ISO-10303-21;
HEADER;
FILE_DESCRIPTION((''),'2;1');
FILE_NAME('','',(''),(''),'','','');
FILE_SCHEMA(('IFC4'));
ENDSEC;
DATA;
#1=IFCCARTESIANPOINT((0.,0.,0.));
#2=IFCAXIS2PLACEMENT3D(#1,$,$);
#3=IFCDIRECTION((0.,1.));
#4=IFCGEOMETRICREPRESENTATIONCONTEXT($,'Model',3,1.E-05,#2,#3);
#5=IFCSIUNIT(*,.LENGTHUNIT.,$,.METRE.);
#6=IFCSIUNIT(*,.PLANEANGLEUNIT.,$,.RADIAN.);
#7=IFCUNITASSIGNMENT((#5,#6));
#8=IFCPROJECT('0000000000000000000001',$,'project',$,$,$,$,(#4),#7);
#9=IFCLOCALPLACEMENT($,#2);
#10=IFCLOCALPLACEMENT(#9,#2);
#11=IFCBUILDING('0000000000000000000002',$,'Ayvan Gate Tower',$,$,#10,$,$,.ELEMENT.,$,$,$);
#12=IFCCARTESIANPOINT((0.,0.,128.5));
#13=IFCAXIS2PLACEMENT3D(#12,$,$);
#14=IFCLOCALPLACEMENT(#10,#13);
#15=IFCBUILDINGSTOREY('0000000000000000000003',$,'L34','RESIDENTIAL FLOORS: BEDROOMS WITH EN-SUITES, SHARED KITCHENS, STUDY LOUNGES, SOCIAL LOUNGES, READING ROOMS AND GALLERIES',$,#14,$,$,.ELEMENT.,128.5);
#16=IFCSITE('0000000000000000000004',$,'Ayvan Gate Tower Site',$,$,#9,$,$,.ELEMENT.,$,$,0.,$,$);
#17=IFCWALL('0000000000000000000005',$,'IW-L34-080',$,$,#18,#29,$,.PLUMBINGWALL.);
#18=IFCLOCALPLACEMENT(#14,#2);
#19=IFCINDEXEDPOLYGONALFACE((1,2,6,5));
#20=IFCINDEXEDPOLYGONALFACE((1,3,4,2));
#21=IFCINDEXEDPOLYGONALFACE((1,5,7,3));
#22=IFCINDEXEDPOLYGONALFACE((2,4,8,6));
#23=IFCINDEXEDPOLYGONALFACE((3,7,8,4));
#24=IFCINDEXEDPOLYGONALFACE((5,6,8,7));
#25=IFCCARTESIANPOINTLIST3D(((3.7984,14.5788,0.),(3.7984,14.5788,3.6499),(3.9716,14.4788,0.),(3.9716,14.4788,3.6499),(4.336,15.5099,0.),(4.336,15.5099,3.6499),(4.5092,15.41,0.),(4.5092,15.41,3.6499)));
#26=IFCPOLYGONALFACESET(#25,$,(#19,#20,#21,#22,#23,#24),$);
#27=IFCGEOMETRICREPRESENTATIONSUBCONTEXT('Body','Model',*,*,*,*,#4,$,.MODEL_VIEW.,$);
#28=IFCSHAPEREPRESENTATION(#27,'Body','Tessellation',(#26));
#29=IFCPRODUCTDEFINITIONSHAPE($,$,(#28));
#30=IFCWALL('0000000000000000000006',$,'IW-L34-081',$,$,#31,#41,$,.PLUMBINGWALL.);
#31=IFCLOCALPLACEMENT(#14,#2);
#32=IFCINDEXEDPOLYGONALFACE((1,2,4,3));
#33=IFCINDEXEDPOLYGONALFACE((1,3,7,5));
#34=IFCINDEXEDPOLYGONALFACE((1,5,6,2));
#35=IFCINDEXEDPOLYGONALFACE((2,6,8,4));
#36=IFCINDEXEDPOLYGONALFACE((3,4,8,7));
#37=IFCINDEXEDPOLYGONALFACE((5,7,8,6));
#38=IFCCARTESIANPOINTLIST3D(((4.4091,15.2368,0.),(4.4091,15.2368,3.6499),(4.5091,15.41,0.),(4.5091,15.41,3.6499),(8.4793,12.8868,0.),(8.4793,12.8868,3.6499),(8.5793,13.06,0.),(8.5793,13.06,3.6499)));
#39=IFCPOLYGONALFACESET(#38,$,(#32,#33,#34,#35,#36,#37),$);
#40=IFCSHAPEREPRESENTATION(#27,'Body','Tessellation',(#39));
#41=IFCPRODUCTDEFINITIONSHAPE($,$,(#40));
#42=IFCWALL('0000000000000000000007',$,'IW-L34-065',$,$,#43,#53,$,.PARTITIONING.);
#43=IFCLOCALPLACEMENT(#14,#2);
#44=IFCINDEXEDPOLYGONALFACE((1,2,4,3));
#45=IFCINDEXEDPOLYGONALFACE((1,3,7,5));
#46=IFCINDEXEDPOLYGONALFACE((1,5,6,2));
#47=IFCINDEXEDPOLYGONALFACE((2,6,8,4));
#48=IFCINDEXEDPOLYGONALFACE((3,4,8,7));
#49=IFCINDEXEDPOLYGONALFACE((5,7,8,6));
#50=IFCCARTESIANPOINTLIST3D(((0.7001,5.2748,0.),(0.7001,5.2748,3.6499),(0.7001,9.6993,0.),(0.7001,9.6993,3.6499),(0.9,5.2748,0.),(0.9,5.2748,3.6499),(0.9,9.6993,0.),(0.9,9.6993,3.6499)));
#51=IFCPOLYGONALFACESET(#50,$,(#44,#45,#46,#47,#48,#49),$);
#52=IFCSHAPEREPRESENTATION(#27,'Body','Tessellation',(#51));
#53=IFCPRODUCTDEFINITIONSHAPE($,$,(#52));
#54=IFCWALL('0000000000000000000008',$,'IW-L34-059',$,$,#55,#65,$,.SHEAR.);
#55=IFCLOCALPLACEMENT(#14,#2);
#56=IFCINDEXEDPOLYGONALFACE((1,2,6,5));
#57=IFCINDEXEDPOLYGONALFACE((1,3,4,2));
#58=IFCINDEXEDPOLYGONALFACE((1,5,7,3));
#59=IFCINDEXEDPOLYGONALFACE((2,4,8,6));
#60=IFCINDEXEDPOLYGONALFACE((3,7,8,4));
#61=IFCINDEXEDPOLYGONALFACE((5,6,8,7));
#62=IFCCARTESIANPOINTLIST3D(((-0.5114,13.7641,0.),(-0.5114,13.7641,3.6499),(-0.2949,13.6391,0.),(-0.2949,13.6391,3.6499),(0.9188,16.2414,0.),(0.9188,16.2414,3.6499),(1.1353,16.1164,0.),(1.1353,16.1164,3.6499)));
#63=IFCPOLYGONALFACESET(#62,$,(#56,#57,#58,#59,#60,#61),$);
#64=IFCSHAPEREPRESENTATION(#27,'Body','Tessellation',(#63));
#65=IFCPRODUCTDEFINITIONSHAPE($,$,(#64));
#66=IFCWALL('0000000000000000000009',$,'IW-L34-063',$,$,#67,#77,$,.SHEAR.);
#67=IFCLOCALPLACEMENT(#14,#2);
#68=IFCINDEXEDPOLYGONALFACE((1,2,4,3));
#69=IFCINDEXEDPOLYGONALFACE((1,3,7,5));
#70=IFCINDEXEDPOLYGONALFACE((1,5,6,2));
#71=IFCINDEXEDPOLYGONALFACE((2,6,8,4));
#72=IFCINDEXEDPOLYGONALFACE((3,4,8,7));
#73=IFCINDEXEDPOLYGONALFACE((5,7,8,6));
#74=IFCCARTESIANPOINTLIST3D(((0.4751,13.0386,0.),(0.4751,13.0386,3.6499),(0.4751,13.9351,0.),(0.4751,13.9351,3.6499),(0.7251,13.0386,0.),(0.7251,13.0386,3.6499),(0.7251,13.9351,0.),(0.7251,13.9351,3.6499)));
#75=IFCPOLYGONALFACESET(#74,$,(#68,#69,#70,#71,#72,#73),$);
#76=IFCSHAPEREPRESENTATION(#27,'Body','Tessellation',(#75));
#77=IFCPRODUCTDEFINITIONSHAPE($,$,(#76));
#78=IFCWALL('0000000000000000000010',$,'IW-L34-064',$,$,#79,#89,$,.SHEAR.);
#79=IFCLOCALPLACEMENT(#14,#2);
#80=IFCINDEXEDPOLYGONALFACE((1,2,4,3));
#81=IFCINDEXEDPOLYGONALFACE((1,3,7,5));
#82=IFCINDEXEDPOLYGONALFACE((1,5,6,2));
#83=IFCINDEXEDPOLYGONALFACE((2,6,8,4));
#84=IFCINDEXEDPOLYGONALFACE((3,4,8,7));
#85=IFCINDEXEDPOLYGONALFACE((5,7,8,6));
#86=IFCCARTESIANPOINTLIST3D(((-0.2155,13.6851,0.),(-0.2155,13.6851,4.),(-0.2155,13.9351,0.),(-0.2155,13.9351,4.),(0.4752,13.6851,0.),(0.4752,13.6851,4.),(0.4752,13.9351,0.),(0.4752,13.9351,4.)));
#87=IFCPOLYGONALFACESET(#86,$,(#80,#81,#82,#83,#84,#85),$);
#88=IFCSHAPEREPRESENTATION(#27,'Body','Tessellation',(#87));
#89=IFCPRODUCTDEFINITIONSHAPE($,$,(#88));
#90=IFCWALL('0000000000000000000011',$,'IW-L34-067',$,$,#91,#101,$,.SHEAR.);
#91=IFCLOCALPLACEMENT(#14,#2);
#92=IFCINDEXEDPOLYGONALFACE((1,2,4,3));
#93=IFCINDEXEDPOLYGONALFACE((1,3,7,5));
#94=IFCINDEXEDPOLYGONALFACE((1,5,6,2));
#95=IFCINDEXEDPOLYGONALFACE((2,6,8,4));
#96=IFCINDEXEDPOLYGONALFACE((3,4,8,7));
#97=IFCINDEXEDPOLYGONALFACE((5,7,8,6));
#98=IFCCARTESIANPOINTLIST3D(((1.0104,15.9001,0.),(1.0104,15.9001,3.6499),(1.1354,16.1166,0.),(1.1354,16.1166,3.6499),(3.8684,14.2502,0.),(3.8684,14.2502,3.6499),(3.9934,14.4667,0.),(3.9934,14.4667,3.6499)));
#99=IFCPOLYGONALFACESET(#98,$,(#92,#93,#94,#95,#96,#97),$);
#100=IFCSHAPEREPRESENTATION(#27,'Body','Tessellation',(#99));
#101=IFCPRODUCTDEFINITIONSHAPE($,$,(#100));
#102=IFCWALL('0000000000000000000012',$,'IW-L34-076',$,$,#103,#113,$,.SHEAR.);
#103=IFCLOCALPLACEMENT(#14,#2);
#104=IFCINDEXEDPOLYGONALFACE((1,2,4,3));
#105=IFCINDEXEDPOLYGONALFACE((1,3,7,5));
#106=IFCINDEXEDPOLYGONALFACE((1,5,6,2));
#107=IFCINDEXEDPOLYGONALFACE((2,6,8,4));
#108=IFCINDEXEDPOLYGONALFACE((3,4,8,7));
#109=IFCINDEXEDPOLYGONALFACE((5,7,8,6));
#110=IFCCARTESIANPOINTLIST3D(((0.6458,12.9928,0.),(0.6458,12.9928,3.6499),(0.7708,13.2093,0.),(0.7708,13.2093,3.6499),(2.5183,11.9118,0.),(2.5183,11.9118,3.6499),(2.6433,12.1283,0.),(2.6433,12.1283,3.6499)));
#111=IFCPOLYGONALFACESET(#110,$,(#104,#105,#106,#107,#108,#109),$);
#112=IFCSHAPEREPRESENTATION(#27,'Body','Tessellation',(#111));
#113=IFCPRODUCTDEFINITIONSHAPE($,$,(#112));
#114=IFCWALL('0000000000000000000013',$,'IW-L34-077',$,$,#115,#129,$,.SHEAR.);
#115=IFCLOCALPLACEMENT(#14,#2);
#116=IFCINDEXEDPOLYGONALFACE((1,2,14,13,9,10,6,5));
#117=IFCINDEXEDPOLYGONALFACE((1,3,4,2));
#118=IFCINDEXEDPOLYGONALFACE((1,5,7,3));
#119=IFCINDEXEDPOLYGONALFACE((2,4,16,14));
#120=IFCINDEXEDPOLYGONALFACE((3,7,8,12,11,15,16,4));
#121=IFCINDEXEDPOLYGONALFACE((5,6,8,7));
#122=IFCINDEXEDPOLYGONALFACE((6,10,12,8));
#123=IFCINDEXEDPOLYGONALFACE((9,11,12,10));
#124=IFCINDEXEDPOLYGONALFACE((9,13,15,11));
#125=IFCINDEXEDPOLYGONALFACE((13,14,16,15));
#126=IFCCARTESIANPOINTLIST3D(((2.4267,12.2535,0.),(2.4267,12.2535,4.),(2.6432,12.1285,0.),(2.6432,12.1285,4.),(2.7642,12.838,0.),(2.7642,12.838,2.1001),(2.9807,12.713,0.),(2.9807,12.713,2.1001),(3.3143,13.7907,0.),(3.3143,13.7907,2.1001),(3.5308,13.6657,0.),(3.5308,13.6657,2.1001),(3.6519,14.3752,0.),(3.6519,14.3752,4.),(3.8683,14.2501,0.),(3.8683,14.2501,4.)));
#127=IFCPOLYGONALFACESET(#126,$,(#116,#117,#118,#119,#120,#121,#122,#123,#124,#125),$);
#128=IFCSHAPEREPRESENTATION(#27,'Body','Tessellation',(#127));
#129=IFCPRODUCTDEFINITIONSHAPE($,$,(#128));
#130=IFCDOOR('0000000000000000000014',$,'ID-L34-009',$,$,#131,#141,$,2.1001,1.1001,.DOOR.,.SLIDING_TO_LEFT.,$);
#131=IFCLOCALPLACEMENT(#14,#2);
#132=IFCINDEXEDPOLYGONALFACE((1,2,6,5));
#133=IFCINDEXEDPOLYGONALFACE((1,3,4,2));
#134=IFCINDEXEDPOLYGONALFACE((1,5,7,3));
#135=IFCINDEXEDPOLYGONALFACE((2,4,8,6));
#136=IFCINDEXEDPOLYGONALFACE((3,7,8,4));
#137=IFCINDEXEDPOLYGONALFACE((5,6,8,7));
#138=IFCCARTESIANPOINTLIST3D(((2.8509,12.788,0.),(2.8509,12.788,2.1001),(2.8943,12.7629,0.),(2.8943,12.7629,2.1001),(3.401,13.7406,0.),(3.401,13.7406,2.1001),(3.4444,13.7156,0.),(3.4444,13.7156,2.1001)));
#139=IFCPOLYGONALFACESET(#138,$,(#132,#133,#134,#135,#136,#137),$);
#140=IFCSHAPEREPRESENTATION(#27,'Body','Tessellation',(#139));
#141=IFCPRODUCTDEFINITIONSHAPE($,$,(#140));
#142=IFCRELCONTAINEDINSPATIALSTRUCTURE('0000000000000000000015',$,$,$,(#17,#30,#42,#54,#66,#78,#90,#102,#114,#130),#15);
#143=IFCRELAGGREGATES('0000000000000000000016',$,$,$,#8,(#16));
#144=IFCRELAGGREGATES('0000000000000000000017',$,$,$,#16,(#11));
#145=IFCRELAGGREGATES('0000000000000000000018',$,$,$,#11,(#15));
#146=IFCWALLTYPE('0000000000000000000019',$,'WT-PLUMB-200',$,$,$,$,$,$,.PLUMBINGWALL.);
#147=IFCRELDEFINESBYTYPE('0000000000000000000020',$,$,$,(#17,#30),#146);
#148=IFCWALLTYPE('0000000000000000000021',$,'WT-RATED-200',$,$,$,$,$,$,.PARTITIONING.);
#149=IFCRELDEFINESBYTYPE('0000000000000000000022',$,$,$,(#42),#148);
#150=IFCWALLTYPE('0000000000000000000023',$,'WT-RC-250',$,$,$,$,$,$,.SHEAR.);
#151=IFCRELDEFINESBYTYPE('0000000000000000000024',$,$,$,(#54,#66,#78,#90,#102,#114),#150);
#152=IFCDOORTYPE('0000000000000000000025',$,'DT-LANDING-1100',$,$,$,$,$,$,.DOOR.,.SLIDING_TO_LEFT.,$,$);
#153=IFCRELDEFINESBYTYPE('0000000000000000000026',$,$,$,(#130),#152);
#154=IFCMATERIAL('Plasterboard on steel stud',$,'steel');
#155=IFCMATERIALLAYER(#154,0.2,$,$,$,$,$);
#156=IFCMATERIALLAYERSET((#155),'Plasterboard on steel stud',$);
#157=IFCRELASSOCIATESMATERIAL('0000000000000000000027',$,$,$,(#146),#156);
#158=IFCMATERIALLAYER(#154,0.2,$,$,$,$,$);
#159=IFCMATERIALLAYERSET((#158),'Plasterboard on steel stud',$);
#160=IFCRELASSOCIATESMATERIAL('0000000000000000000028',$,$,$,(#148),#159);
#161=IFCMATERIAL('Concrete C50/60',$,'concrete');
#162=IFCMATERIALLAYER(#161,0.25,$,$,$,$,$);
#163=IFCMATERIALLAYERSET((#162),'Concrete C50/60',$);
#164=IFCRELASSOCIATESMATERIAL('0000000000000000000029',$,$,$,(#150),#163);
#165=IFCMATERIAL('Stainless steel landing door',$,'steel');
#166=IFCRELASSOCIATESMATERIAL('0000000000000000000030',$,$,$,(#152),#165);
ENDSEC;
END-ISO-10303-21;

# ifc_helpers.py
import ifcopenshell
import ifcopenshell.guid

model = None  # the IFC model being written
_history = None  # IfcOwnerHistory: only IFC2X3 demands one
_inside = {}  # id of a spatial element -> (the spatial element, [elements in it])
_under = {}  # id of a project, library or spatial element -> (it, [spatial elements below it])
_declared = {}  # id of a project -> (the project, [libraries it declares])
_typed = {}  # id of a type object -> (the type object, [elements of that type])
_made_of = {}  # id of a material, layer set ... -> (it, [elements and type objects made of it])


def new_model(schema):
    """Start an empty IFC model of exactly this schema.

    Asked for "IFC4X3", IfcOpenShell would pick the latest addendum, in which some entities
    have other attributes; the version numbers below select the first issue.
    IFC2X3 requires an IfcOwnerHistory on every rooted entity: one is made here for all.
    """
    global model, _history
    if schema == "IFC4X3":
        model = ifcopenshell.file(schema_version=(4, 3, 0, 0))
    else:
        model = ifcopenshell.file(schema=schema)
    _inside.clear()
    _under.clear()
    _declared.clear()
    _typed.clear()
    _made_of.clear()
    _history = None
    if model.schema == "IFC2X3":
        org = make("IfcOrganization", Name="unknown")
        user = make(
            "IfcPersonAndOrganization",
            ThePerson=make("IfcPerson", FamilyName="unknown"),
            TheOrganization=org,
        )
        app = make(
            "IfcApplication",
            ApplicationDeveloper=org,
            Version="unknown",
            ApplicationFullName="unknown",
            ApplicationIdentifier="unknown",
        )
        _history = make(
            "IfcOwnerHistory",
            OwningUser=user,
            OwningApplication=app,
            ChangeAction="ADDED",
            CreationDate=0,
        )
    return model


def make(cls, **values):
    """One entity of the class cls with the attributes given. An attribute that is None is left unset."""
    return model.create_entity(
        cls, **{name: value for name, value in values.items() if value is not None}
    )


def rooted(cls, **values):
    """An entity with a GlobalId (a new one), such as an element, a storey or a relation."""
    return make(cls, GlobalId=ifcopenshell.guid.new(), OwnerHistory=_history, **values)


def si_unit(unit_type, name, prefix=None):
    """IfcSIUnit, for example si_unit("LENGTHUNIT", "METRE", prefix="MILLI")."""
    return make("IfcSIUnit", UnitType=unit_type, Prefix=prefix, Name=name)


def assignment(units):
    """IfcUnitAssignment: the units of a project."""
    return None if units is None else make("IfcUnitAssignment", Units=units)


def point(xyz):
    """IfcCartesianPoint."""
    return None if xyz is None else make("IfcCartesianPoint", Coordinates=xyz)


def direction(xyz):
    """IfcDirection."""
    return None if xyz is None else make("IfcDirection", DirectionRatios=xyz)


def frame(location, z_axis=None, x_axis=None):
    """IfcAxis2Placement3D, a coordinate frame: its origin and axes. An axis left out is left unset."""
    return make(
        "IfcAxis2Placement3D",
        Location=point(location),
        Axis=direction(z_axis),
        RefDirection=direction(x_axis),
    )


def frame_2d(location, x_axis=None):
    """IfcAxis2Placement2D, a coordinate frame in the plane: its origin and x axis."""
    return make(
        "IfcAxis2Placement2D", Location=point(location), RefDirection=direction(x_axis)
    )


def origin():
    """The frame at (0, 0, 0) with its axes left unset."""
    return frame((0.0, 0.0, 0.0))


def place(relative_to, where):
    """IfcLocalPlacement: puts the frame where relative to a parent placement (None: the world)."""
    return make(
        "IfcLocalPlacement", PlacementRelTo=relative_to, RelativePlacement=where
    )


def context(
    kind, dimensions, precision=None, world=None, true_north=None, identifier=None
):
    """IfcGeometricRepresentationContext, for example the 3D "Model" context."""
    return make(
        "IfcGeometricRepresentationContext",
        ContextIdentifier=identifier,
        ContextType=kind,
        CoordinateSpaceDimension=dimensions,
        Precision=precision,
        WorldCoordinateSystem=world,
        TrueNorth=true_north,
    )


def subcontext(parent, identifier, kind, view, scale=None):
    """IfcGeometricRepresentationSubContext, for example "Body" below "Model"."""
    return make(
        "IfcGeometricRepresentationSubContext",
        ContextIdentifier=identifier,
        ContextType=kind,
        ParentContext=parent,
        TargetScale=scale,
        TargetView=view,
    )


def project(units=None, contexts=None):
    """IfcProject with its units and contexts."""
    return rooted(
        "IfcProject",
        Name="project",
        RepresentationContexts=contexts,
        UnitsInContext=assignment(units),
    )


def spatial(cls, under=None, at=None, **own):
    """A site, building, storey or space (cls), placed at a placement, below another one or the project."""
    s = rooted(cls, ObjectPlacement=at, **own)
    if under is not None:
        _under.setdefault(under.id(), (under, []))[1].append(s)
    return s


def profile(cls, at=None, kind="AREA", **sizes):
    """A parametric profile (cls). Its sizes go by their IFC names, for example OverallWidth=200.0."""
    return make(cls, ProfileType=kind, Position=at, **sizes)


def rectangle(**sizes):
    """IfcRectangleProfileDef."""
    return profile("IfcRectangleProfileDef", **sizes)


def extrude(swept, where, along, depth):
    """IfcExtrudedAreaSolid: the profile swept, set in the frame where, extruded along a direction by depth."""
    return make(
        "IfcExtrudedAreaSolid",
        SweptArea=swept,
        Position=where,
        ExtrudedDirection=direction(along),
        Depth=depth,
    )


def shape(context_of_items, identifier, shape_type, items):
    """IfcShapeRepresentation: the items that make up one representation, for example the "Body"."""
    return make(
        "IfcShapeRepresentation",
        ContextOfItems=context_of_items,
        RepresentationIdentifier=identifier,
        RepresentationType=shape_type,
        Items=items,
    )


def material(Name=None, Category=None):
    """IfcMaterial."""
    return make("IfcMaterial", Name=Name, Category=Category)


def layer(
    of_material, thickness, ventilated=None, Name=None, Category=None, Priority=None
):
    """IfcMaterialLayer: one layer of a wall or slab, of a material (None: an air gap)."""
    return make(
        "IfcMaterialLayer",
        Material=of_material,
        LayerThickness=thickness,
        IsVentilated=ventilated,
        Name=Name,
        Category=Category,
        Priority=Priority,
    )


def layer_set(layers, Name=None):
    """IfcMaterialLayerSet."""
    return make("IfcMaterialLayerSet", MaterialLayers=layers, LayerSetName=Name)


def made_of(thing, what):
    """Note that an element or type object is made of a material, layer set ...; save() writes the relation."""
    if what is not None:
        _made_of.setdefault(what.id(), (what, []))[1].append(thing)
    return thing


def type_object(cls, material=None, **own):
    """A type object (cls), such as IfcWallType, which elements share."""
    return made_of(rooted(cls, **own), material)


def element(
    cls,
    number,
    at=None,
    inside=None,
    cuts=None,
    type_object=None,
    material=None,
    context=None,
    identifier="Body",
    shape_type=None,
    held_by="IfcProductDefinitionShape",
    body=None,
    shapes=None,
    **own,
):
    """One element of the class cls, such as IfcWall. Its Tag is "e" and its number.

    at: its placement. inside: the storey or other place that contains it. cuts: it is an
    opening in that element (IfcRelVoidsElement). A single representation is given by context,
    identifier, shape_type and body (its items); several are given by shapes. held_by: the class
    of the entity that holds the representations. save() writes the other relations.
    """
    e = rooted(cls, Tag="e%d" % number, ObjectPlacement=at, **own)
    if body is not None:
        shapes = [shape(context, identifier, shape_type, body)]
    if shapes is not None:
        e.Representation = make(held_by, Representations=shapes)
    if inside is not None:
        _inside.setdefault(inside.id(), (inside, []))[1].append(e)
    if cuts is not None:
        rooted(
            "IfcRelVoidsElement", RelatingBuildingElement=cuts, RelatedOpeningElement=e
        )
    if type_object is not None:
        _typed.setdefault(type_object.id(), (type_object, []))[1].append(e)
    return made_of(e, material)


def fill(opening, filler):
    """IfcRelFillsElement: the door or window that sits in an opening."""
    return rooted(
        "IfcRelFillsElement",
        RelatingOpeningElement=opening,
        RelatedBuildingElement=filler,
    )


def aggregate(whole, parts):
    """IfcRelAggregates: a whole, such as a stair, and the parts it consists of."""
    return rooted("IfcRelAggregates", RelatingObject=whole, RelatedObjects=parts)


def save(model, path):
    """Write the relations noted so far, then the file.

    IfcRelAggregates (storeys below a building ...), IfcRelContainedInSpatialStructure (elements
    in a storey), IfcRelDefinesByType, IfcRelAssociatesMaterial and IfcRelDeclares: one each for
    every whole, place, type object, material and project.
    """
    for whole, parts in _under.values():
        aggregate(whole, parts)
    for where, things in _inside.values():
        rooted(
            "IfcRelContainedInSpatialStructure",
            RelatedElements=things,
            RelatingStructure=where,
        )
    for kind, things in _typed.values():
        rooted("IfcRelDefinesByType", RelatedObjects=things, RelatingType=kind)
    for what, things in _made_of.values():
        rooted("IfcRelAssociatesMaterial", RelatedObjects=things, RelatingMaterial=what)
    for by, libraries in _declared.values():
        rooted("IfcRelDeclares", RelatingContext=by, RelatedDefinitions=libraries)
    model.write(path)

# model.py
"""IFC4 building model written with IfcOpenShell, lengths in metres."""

from ifc_helpers import new_model, si_unit, direction, frame, frame_2d, origin, place, context, subcontext, project, spatial, rectangle, extrude, material, layer, layer_set, type_object, element, fill, save


model = new_model("IFC4")

# Units and contexts
model_context = context("Model", 3, precision=1e-05, world=origin(), true_north=direction((0.0, 1.0)))
body_context = subcontext(model_context, "Body", "Model", "MODEL_VIEW")
ifc_project = project(units=[si_unit("LENGTHUNIT", "METRE"), si_unit("PLANEANGLEUNIT", "RADIAN")], contexts=[model_context])

# Site, building, storey
site_placement = place(None, origin())
site = spatial("IfcSite", under=ifc_project, at=site_placement, Name="Ayvan Gate Tower Site", CompositionType="ELEMENT", RefElevation=0.0)
building_placement = place(site_placement, origin())
building = spatial("IfcBuilding", under=site, at=building_placement, Name="Ayvan Gate Tower", CompositionType="ELEMENT")
storey_placement = place(building_placement, frame((0.0, 0.0, 128.5)))
storey = spatial("IfcBuildingStorey", under=building, at=storey_placement, Name="L34", Description="RESIDENTIAL FLOORS: BEDROOMS WITH EN-SUITES, SHARED KITCHENS, STUDY LOUNGES, SOCIAL LOUNGES, READING ROOMS AND GALLERIES", CompositionType="ELEMENT", Elevation=128.5)

# Shared definitions
ifc_material_1 = material(Name="Plasterboard on steel stud", Category="steel")

# Walls
ifc_layer_1 = layer(ifc_material_1, 0.2)
ifc_layer_set_1 = layer_set([ifc_layer_1], Name="Plasterboard on steel stud")
wall_type_1 = type_object("IfcWallType", Name="WT-PLUMB-200", PredefinedType="PLUMBINGWALL", material=ifc_layer_set_1)
wall_1_placement = place(storey_placement, frame((3.885, 14.5288, 0.0), z_axis=(0.0, 0.0, 1.0), x_axis=(0.499998, 0.866027, 0.0)))
element("IfcWall", 1, at=wall_1_placement, inside=storey, type_object=wall_type_1, Name="IW-L34-080", PredefinedType="PLUMBINGWALL", context=body_context, shape_type="SweptSolid", body=[
    extrude(rectangle(XDim=1.0752, YDim=0.2, at=frame_2d((0.5376, 0.0))), origin(), (0.0, 0.0, 1.0), 3.6499),
])
wall_2_placement = place(storey_placement, frame((4.459, 15.3235, 0.0), z_axis=(0.0, 0.0, 1.0), x_axis=(0.866016, -0.500016, 0.0)))
element("IfcWall", 2, at=wall_2_placement, inside=storey, type_object=wall_type_1, Name="IW-L34-081", PredefinedType="PLUMBINGWALL", context=body_context, shape_type="SweptSolid", body=[
    extrude(rectangle(XDim=4.7, YDim=0.2, at=frame_2d((2.3501, 0.0))), origin(), (0.0, 0.0, 1.0), 3.6499),
])
ifc_layer_2 = layer(ifc_material_1, 0.2)
ifc_layer_set_2 = layer_set([ifc_layer_2], Name="Plasterboard on steel stud")
wall_type_2 = type_object("IfcWallType", Name="WT-RATED-200", PredefinedType="PARTITIONING", material=ifc_layer_set_2)
wall_3_placement = place(storey_placement, frame((0.8, 9.6995, 0.0), z_axis=(0.0, 0.0, 1.0), x_axis=(0.0, -1.0, 0.0)))
element("IfcWall", 3, at=wall_3_placement, inside=storey, type_object=wall_type_2, Name="IW-L34-065", PredefinedType="PARTITIONING", context=body_context, shape_type="SweptSolid", body=[
    extrude(rectangle(XDim=4.4246, YDim=0.2, at=frame_2d((2.2124, 0.0))), origin(), (0.0, 0.0, 1.0), 3.6499),
])
ifc_material_2 = material(Name="Concrete C50/60", Category="concrete")
ifc_layer_3 = layer(ifc_material_2, 0.25)
ifc_layer_set_3 = layer_set([ifc_layer_3], Name="Concrete C50/60")
wall_type_3 = type_object("IfcWallType", Name="WT-RC-250", PredefinedType="SHEAR", material=ifc_layer_set_3)
wall_4_placement = place(storey_placement, frame((-0.4031, 13.7017, 0.0), z_axis=(0.0, 0.0, 1.0), x_axis=(0.499976, 0.866039, 0.0)))
element("IfcWall", 4, at=wall_4_placement, inside=storey, type_object=wall_type_3, Name="IW-L34-059", PredefinedType="SHEAR", context=body_context, shape_type="SweptSolid", body=[
    extrude(rectangle(XDim=2.8606, YDim=0.25, at=frame_2d((1.4302, 0.0))), origin(), (0.0, 0.0, 1.0), 3.6499),
])
wall_5_placement = place(storey_placement, frame((0.6001, 13.0386, 0.0), z_axis=(0.0, 0.0, 1.0), x_axis=(0.0, 1.0, 0.0)))
element("IfcWall", 5, at=wall_5_placement, inside=storey, type_object=wall_type_3, Name="IW-L34-063", PredefinedType="SHEAR", context=body_context, shape_type="SweptSolid", body=[
    extrude(rectangle(XDim=0.8965, YDim=0.25, at=frame_2d((0.4482, 0.0))), origin(), (0.0, 0.0, 1.0), 3.6499),
])
wall_6_placement = place(storey_placement, frame((0.4751, 13.8101, 0.0), z_axis=(0.0, 0.0, 1.0), x_axis=(-1.0, 0.0, 0.0)))
element("IfcWall", 6, at=wall_6_placement, inside=storey, type_object=wall_type_3, Name="IW-L34-064", PredefinedType="SHEAR", context=body_context, shape_type="SweptSolid", body=[
    extrude(rectangle(XDim=0.6907, YDim=0.25, at=frame_2d((0.3452, 0.0))), origin(), (0.0, 0.0, 1.0), 4.0),
])
wall_7_placement = place(storey_placement, frame((1.073, 16.0083, 0.0), z_axis=(0.0, 0.0, 1.0), x_axis=(0.86604, -0.499974, 0.0)))
element("IfcWall", 7, at=wall_7_placement, inside=storey, type_object=wall_type_3, Name="IW-L34-067", PredefinedType="SHEAR", context=body_context, shape_type="SweptSolid", body=[
    extrude(rectangle(XDim=3.3, YDim=0.25, at=frame_2d((1.6499, 0.0))), origin(), (0.0, 0.0, 1.0), 3.6499),
])
wall_8_placement = place(storey_placement, frame((2.5808, 12.02, 0.0), z_axis=(0.0, 0.0, 1.0), x_axis=(-0.866039, 0.499977, 0.0)))
element("IfcWall", 8, at=wall_8_placement, inside=storey, type_object=wall_type_3, Name="IW-L34-076", PredefinedType="SHEAR", context=body_context, shape_type="SweptSolid", body=[
    extrude(rectangle(XDim=2.1621, YDim=0.25, at=frame_2d((1.0811, 0.0))), origin(), (0.0, 0.0, 1.0), 3.6499),
])

# Wall, opening, door
wall_9_placement = place(storey_placement, frame((2.5349, 12.1909, 0.0), z_axis=(0.0, 0.0, 1.0), x_axis=(0.500062, 0.86599, 0.0)))
wall_9 = element("IfcWall", 9, at=wall_9_placement, inside=storey, type_object=wall_type_3, Name="IW-L34-077", PredefinedType="SHEAR", context=body_context, shape_type="SweptSolid", body=[
    extrude(rectangle(XDim=2.45, YDim=0.25, at=frame_2d((1.2251, 0.0))), origin(), (0.0, 0.0, 1.0), 4.0),
])
opening_1_placement = place(wall_9_placement, frame((0.675, 0.0, 0.0)))
opening_1 = element("IfcOpeningElement", 10, at=opening_1_placement, cuts=wall_9, PredefinedType="OPENING", context=body_context, shape_type="SweptSolid", body=[
    extrude(rectangle(XDim=1.1001, YDim=2.1001, at=frame_2d((0.55, 1.05))), frame((0.0, 0.135, 0.0), z_axis=(0.0, -1.0, 0.0), x_axis=(1.0, 0.0, 0.0)), (0.0, 0.0, 1.0), 0.27),
])
ifc_material_3 = material(Name="Stainless steel landing door", Category="steel")
door_type_1 = type_object("IfcDoorType", Name="DT-LANDING-1100", OperationType="SLIDING_TO_LEFT", PredefinedType="DOOR", material=ifc_material_3)
door_1_placement = place(opening_1_placement, origin())
door_1 = element("IfcDoor", 11, at=door_1_placement, inside=storey, type_object=door_type_1, Name="ID-L34-009", OperationType="SLIDING_TO_LEFT", OverallHeight=2.1001, OverallWidth=1.1001, PredefinedType="DOOR", context=body_context, shape_type="SweptSolid", body=[
    extrude(rectangle(XDim=1.1001, YDim=2.1001, at=frame_2d((0.55, 1.05))), frame((0.0, 0.0249, 0.0), z_axis=(0.0, -1.0, 0.0), x_axis=(1.0, 0.0, 0.0)), (0.0, 0.0, 1.0), 0.05),
])
fill(opening_1, door_1)

save(model, "model.ifc")
